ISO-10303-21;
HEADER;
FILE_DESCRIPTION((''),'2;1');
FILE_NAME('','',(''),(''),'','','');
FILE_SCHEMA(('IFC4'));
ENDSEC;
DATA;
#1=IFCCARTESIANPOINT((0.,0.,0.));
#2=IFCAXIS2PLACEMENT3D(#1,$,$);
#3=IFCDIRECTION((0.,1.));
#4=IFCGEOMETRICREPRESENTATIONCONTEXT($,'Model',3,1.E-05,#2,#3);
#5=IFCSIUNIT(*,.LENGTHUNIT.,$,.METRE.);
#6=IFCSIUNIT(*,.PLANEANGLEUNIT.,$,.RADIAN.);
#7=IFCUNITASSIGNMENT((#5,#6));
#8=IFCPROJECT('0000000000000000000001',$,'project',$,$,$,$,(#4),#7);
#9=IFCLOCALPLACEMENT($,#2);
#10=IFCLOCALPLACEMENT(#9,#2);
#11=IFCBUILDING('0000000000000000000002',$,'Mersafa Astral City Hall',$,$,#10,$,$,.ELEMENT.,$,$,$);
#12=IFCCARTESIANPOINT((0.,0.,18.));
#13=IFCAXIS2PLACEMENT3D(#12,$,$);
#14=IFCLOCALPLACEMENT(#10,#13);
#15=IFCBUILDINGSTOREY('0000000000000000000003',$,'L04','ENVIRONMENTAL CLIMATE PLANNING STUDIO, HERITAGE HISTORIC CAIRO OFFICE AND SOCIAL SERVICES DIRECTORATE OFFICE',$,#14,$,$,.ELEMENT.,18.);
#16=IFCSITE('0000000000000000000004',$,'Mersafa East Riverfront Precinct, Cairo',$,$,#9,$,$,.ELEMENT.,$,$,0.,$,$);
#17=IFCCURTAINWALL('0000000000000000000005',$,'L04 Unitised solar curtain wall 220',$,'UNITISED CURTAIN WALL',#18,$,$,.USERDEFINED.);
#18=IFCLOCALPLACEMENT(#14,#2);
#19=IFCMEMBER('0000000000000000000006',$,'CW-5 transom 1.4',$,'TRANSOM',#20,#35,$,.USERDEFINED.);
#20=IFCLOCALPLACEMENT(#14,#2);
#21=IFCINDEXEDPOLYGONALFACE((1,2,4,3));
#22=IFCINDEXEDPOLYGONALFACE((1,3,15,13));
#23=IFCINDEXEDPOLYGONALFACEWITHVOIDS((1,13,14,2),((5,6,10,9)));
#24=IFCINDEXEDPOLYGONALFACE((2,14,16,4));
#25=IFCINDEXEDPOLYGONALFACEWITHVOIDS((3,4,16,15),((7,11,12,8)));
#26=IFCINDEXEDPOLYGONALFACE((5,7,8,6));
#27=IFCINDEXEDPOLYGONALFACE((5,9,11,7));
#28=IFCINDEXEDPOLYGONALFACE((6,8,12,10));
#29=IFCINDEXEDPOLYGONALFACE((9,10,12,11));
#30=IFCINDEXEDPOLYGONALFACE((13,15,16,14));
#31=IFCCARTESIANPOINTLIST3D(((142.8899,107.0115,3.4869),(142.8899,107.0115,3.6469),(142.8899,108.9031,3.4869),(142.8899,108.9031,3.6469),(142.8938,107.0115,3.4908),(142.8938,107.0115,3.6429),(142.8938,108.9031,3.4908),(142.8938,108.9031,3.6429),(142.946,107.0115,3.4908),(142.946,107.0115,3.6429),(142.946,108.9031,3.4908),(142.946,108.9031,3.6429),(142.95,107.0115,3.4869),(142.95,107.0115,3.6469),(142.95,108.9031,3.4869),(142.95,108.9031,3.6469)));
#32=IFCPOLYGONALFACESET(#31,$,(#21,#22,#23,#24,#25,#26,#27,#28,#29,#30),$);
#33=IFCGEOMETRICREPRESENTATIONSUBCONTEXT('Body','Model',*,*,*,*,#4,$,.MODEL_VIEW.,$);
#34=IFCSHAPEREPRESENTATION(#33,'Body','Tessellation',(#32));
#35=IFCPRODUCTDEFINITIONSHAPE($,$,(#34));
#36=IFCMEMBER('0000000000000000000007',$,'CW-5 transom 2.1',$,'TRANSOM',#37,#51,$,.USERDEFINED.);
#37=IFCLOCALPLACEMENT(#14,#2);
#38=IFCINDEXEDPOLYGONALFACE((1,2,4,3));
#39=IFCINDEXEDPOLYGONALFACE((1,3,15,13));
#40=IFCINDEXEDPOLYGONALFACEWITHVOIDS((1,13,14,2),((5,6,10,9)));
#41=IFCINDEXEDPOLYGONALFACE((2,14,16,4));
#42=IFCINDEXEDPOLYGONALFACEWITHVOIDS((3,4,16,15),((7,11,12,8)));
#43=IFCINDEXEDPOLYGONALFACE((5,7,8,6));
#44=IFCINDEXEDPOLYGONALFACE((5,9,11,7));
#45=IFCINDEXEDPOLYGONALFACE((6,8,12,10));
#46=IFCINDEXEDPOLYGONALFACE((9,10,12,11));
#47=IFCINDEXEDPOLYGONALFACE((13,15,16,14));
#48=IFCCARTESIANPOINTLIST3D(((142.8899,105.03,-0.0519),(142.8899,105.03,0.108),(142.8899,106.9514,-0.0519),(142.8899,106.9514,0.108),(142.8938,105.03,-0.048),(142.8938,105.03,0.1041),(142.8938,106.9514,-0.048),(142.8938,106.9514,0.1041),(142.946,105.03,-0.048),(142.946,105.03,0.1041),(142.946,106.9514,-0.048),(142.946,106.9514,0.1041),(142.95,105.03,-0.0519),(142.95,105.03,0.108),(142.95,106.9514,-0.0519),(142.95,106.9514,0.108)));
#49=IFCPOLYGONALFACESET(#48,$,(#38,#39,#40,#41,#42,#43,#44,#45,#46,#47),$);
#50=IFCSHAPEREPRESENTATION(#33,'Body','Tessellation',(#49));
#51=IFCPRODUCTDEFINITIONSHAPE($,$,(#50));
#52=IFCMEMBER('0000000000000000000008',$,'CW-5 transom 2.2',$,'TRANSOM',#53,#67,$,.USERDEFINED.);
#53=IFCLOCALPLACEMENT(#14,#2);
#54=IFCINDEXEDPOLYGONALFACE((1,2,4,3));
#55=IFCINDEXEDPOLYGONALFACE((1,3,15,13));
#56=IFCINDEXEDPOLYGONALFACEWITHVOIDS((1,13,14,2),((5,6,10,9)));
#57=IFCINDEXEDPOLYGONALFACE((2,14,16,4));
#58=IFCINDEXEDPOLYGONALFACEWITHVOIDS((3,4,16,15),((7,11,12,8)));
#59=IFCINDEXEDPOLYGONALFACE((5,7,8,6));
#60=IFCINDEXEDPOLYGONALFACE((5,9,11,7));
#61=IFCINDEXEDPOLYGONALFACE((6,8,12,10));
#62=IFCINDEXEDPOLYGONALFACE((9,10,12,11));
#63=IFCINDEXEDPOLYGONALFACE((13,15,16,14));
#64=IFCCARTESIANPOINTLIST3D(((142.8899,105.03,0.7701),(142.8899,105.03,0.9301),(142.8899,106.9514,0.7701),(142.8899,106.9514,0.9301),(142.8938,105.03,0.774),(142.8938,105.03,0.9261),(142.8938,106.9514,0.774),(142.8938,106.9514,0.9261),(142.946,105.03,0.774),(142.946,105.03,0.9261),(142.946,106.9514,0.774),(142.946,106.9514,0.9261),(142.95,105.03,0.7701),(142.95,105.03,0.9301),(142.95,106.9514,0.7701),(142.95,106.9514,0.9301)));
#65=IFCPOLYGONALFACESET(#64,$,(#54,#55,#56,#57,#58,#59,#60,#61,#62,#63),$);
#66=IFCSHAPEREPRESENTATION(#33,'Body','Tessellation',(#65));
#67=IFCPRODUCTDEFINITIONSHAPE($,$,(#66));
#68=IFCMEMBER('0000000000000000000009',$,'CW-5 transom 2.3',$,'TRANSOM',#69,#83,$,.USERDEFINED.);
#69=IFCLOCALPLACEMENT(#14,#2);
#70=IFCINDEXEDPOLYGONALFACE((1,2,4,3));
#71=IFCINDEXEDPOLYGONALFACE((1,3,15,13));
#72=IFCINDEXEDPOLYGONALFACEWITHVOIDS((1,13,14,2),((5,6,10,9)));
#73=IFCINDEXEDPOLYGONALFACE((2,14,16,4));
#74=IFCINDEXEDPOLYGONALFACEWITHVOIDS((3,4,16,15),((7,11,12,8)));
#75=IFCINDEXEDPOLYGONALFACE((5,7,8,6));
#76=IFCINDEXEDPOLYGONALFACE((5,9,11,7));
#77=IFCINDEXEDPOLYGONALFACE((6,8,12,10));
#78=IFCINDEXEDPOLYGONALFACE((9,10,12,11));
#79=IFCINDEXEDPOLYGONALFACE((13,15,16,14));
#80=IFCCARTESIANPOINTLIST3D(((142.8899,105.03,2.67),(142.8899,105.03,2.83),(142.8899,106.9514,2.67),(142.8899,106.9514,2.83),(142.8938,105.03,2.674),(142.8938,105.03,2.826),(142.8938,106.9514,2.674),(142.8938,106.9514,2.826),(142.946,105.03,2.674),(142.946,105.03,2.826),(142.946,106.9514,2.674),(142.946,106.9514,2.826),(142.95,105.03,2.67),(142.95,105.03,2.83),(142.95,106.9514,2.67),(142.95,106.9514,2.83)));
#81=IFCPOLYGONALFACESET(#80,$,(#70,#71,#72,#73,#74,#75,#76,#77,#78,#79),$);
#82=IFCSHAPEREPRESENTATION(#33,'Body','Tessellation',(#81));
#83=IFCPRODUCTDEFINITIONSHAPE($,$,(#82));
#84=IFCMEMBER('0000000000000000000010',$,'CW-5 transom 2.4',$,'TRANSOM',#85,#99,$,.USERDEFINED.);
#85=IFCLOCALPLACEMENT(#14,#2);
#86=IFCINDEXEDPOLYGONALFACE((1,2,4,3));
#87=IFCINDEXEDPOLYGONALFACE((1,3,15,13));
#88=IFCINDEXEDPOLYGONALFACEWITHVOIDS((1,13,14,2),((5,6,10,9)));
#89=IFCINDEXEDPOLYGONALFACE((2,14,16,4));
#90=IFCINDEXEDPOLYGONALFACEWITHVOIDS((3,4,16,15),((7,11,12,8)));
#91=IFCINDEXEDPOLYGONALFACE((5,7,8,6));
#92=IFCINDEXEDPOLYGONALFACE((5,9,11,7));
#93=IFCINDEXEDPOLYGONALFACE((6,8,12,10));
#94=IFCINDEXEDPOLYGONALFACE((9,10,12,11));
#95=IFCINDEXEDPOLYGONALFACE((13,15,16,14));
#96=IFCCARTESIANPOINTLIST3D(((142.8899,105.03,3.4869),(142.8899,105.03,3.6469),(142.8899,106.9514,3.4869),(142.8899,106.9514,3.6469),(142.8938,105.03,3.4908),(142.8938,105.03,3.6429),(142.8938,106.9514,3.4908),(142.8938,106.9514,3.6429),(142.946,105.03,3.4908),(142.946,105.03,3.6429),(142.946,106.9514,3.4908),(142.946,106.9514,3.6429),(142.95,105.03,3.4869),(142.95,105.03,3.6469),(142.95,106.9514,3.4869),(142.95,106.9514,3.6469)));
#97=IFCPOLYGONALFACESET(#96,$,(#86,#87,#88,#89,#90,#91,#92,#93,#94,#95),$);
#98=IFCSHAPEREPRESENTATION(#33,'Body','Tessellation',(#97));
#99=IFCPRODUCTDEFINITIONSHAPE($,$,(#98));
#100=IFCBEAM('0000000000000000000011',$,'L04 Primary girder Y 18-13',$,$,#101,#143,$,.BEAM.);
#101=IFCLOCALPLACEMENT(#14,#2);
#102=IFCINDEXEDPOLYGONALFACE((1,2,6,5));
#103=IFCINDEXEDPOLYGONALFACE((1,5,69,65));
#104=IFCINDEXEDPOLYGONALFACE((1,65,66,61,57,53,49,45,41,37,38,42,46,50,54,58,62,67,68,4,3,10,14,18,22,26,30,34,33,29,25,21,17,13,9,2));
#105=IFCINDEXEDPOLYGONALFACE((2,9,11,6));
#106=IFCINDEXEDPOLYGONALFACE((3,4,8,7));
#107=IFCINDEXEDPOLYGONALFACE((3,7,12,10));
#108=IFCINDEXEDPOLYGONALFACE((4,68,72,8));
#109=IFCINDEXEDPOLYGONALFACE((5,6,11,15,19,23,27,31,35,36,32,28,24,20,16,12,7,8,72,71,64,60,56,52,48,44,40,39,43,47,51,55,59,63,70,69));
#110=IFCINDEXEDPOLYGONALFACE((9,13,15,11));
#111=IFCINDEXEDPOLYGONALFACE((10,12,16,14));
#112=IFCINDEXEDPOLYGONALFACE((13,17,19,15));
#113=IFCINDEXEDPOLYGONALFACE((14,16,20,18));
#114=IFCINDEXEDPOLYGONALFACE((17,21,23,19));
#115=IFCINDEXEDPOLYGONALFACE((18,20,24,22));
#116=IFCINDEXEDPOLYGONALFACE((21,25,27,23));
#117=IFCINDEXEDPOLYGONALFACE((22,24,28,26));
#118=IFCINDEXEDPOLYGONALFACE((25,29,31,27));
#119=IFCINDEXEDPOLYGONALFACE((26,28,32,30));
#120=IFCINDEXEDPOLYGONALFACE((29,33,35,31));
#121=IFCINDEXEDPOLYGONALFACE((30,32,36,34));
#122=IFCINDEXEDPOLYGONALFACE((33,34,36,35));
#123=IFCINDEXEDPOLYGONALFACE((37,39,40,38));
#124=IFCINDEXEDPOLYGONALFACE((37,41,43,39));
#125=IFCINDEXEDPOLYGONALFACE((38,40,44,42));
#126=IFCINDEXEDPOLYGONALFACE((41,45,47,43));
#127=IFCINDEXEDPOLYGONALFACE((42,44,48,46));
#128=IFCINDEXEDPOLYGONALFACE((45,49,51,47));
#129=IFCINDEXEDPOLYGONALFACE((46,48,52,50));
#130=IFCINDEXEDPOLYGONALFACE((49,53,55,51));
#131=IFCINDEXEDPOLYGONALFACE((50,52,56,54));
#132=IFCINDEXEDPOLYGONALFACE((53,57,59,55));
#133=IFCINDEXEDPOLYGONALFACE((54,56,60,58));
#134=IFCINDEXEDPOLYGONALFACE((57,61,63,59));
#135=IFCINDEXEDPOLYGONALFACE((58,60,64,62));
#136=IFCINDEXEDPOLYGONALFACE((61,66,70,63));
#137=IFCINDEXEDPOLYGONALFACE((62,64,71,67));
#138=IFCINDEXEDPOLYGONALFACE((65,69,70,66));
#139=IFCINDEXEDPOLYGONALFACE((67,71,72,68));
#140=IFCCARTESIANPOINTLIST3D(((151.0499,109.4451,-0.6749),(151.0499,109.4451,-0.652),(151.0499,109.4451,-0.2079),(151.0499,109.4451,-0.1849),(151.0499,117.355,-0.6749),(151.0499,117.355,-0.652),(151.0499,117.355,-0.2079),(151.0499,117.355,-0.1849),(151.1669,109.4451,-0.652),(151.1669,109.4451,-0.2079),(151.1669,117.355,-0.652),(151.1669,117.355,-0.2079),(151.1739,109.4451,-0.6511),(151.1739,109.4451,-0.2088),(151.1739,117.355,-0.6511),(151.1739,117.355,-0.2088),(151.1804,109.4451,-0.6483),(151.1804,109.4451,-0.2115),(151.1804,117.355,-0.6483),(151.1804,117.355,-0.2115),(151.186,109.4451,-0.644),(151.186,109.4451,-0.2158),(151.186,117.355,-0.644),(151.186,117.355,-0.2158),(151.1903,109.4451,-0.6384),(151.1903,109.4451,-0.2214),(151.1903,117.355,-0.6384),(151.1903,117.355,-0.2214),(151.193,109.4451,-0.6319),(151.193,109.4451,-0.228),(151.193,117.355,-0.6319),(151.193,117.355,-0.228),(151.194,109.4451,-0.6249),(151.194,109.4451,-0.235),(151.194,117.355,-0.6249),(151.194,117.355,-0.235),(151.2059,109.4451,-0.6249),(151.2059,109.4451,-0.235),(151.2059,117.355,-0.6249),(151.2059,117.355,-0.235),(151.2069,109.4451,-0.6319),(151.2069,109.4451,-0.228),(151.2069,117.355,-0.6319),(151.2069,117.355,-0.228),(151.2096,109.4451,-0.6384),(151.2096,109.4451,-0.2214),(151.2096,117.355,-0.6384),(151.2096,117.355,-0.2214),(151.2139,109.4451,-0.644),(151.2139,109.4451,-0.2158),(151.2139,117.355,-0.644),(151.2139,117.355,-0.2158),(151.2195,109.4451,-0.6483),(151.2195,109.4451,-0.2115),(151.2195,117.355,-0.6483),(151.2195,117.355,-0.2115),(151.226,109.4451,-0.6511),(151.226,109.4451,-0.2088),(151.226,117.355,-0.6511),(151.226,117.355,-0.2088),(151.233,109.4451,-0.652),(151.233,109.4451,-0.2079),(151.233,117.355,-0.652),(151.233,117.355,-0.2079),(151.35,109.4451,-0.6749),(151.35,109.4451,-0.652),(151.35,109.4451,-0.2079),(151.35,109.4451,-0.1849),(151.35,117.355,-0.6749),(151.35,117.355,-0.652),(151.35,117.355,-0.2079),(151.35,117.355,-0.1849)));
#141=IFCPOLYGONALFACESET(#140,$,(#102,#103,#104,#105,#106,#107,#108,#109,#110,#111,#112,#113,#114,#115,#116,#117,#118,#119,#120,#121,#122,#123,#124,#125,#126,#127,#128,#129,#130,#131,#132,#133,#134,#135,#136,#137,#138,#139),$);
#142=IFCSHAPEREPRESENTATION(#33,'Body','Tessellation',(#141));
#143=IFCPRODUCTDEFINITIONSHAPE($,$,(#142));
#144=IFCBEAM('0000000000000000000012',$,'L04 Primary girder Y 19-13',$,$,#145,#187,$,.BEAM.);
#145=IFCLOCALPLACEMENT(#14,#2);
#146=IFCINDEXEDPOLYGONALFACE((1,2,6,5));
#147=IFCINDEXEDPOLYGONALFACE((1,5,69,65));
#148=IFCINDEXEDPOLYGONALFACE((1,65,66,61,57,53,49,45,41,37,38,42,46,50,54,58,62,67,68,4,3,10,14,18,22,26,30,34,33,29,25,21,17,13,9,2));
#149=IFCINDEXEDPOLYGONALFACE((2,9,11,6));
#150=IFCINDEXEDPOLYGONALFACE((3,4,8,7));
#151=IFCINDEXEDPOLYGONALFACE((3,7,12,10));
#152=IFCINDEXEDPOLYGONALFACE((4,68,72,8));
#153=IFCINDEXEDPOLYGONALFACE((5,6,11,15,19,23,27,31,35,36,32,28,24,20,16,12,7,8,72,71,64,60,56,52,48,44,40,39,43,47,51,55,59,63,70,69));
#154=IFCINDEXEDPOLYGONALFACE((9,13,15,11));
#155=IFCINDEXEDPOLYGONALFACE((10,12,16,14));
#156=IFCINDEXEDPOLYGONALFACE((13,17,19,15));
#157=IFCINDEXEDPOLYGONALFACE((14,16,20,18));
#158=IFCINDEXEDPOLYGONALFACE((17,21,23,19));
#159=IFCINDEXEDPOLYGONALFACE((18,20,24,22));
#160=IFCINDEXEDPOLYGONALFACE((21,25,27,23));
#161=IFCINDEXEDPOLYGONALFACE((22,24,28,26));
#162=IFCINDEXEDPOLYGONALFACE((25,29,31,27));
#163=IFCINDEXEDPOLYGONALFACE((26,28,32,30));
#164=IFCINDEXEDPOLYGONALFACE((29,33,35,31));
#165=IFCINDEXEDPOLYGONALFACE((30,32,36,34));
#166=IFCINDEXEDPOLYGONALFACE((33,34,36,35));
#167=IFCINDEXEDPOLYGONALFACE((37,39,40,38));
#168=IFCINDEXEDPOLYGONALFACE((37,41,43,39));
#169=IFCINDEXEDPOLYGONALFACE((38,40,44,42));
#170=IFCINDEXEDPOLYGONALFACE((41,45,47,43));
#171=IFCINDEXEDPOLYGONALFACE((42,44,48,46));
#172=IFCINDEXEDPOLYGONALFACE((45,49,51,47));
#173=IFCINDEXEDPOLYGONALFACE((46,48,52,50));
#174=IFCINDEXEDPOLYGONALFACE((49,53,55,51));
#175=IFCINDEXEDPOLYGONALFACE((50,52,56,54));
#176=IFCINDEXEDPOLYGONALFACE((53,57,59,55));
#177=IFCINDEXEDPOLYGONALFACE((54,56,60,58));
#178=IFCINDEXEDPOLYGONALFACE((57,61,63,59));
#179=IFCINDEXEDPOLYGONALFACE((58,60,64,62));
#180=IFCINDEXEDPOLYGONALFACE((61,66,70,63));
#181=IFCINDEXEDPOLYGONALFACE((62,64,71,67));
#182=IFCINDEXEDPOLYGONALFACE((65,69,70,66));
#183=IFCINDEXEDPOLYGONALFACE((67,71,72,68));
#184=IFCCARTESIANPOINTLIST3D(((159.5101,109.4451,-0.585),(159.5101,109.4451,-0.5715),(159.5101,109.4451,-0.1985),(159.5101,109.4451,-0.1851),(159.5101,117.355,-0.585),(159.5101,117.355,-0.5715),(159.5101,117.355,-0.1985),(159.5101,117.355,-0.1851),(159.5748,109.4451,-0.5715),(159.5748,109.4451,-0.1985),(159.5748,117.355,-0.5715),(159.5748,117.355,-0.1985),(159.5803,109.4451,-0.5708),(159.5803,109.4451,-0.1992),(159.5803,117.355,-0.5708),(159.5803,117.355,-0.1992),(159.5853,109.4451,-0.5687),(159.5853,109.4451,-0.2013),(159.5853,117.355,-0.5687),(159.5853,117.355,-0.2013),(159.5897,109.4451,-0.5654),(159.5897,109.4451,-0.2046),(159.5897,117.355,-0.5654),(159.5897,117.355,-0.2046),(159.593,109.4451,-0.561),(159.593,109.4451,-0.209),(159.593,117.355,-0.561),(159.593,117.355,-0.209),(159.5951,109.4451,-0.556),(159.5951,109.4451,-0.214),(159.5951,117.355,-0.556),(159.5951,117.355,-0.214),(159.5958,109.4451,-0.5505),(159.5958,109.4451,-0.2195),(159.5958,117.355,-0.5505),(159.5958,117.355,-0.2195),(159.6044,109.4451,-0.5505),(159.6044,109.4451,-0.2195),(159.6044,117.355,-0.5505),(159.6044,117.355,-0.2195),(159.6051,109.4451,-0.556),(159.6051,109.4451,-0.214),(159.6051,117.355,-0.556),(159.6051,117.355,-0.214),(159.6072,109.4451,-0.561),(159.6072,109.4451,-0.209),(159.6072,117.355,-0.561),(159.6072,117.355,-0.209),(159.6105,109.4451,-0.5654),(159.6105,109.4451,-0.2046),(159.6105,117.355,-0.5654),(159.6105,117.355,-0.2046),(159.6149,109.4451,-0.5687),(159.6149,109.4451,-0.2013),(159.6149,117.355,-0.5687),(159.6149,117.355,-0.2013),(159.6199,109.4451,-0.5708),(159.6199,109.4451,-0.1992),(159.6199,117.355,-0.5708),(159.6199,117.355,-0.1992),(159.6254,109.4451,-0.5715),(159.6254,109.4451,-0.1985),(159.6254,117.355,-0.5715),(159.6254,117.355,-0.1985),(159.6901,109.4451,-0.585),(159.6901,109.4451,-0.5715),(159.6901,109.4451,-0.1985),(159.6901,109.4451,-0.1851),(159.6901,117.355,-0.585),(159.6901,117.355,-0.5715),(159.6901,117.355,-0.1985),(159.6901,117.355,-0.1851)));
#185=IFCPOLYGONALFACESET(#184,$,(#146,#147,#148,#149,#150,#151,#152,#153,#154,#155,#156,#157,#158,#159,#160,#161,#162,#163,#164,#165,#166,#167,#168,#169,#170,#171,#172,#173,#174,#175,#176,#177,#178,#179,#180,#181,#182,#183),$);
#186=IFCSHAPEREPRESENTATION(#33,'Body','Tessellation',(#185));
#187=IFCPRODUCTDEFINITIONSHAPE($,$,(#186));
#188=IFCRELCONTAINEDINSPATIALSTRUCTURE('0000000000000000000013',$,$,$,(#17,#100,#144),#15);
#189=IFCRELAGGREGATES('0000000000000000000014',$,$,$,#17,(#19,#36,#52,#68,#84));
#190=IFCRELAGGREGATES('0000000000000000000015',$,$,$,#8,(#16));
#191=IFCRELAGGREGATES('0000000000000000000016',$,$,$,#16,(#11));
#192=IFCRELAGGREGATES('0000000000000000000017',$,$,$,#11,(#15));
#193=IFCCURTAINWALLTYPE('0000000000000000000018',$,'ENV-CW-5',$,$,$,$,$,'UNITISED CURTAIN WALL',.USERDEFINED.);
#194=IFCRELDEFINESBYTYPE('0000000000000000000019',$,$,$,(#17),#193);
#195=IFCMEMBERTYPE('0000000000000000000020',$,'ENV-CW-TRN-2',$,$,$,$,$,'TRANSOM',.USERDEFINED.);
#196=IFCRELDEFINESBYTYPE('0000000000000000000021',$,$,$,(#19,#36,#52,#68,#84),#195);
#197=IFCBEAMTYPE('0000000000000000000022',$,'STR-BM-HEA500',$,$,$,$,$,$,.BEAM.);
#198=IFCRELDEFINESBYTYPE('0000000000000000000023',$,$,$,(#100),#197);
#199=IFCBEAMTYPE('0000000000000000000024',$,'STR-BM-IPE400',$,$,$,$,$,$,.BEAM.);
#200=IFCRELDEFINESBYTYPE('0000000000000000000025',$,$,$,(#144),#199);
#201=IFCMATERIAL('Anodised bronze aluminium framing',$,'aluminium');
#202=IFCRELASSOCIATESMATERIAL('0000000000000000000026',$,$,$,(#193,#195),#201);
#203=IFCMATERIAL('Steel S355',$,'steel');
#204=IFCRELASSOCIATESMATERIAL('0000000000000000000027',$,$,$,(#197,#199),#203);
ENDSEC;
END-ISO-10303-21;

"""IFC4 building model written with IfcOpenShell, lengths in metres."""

from ifc_helpers import new_model, si_unit, direction, frame, origin, origin_2d, place, context, subcontext, project, spatial, hollow_rectangle, i_section, extrude, material, material_profile, profile_set, type_object, element, aggregate, save


model = new_model("IFC4")

# Units and contexts
model_context = context("Model", 3, precision=1e-05, world=origin(), true_north=direction((0.0, 1.0)))
body_context = subcontext(model_context, "Body", "Model", "MODEL_VIEW")
ifc_project = project(units=[si_unit("LENGTHUNIT", "METRE"), si_unit("PLANEANGLEUNIT", "RADIAN")], contexts=[model_context])

# Site, building, storey
site_placement = place(None, origin())
site = spatial("IfcSite", under=ifc_project, at=site_placement, Name="Mersafa East Riverfront Precinct, Cairo", CompositionType="ELEMENT", RefElevation=0.0)
building_placement = place(site_placement, origin())
building = spatial("IfcBuilding", under=site, at=building_placement, Name="Mersafa Astral City Hall", CompositionType="ELEMENT")
storey_placement = place(building_placement, frame((0.0, 0.0, 18.0)))
storey = spatial("IfcBuildingStorey", under=building, at=storey_placement, Name="L04", Description="ENVIRONMENTAL CLIMATE PLANNING STUDIO, HERITAGE HISTORIC CAIRO OFFICE AND SOCIAL SERVICES DIRECTORATE OFFICE", CompositionType="ELEMENT", Elevation=18.0)

# Shared definitions
ifc_material_1 = material(Name="Steel S355", Category="steel")

# Curtain wall, members
ifc_material_2 = material(Name="Anodised bronze aluminium framing", Category="aluminium")
curtain_wall_type = type_object("IfcCurtainWallType", Name="ENV-CW-5", ElementType="UNITISED CURTAIN WALL", PredefinedType="USERDEFINED", material=ifc_material_2)
curtain_wall_placement = place(storey_placement, origin())
curtain_wall = element("IfcCurtainWall", 1, at=curtain_wall_placement, inside=storey, type_object=curtain_wall_type, Name="L04 Unitised solar curtain wall 220", ObjectType="UNITISED CURTAIN WALL", PredefinedType="USERDEFINED")
ifc_material_profile_1 = material_profile(ifc_material_2, hollow_rectangle(XDim=0.0601, YDim=0.1599, WallThickness=0.0039, at=origin_2d()), Name="RHS 60x160x4")
ifc_profile_set_1 = profile_set([ifc_material_profile_1], Name="Anodised bronze aluminium framing")
member_type_1 = type_object("IfcMemberType", Name="ENV-CW-TRN-2", ElementType="TRANSOM", PredefinedType="USERDEFINED", material=ifc_profile_set_1)
member_1_placement = place(storey_placement, frame((142.9199, 108.9031, 3.5669), z_axis=(0.0, -1.0, 0.0), x_axis=(1.0, 0.0, 0.0)))
member_1 = element("IfcMember", 2, at=member_1_placement, type_object=member_type_1, Name="CW-5 transom 1.4", ObjectType="TRANSOM", PredefinedType="USERDEFINED", context=body_context, shape_type="SweptSolid", body=[
    extrude(hollow_rectangle(XDim=0.0601, YDim=0.1599, WallThickness=0.0039, at=origin_2d()), origin(), (0.0, 0.0, 1.0), 1.8916),
])
member_2_placement = place(storey_placement, frame((142.9199, 106.9514, 0.0281), z_axis=(0.0, -1.0, 0.0), x_axis=(1.0, 0.0, 0.0)))
member_2 = element("IfcMember", 3, at=member_2_placement, type_object=member_type_1, Name="CW-5 transom 2.1", ObjectType="TRANSOM", PredefinedType="USERDEFINED", context=body_context, shape_type="SweptSolid", body=[
    extrude(hollow_rectangle(XDim=0.0601, YDim=0.1599, WallThickness=0.0039, at=origin_2d()), origin(), (0.0, 0.0, 1.0), 1.9214),
])
member_3_placement = place(storey_placement, frame((142.9199, 106.9514, 0.8501), z_axis=(0.0, -1.0, 0.0), x_axis=(1.0, 0.0, 0.0)))
member_3 = element("IfcMember", 4, at=member_3_placement, type_object=member_type_1, Name="CW-5 transom 2.2", ObjectType="TRANSOM", PredefinedType="USERDEFINED", context=body_context, shape_type="SweptSolid", body=[
    extrude(hollow_rectangle(XDim=0.0601, YDim=0.1599, WallThickness=0.0039, at=origin_2d()), origin(), (0.0, 0.0, 1.0), 1.9214),
])
member_4_placement = place(storey_placement, frame((142.9199, 106.9514, 2.75), z_axis=(0.0, -1.0, 0.0), x_axis=(1.0, 0.0, 0.0)))
member_4 = element("IfcMember", 5, at=member_4_placement, type_object=member_type_1, Name="CW-5 transom 2.3", ObjectType="TRANSOM", PredefinedType="USERDEFINED", context=body_context, shape_type="SweptSolid", body=[
    extrude(hollow_rectangle(XDim=0.0601, YDim=0.1599, WallThickness=0.0039, at=origin_2d()), origin(), (0.0, 0.0, 1.0), 1.9214),
])
member_5_placement = place(storey_placement, frame((142.9199, 106.9514, 3.5669), z_axis=(0.0, -1.0, 0.0), x_axis=(1.0, 0.0, 0.0)))
member_5 = element("IfcMember", 6, at=member_5_placement, type_object=member_type_1, Name="CW-5 transom 2.4", ObjectType="TRANSOM", PredefinedType="USERDEFINED", context=body_context, shape_type="SweptSolid", body=[
    extrude(hollow_rectangle(XDim=0.0601, YDim=0.1599, WallThickness=0.0039, at=origin_2d()), origin(), (0.0, 0.0, 1.0), 1.9214),
])

# Beams
ifc_material_profile_2 = material_profile(ifc_material_1, i_section(OverallWidth=0.3, OverallDepth=0.49, WebThickness=0.012, FlangeThickness=0.0229, FilletRadius=0.0271, at=origin_2d()), Name="HEA 500")
ifc_profile_set_2 = profile_set([ifc_material_profile_2], Name="Steel S355")
beam_type_1 = type_object("IfcBeamType", Name="STR-BM-HEA500", PredefinedType="BEAM", material=ifc_profile_set_2)
beam_1_placement = place(storey_placement, frame((151.2, 109.4451, -0.4299), z_axis=(0.0, 1.0, 0.0), x_axis=(-1.0, 0.0, 0.0)))
element("IfcBeam", 7, at=beam_1_placement, inside=storey, type_object=beam_type_1, Name="L04 Primary girder Y 18-13", PredefinedType="BEAM", context=body_context, shape_type="SweptSolid", body=[
    extrude(i_section(OverallWidth=0.3, OverallDepth=0.49, WebThickness=0.012, FlangeThickness=0.0229, FilletRadius=0.0271, at=origin_2d()), origin(), (0.0, 0.0, 1.0), 7.9099),
])
ifc_material_profile_3 = material_profile(ifc_material_1, i_section(OverallWidth=0.1799, OverallDepth=0.3999, WebThickness=0.0085, FlangeThickness=0.0134, FilletRadius=0.021, at=origin_2d()), Name="IPE 400")
ifc_profile_set_3 = profile_set([ifc_material_profile_3], Name="Steel S355")
beam_type_2 = type_object("IfcBeamType", Name="STR-BM-IPE400", PredefinedType="BEAM", material=ifc_profile_set_3)
beam_2_placement = place(storey_placement, frame((159.6001, 109.4451, -0.385), z_axis=(0.0, 1.0, 0.0), x_axis=(-1.0, 0.0, 0.0)))
element("IfcBeam", 8, at=beam_2_placement, inside=storey, type_object=beam_type_2, Name="L04 Primary girder Y 19-13", PredefinedType="BEAM", context=body_context, shape_type="SweptSolid", body=[
    extrude(i_section(OverallWidth=0.1799, OverallDepth=0.3999, WebThickness=0.0085, FlangeThickness=0.0134, FilletRadius=0.021, at=origin_2d()), origin(), (0.0, 0.0, 1.0), 7.9099),
])

aggregate(curtain_wall, [member_1, member_2, member_3, member_4, member_5])

save(model, "model.ifc")
